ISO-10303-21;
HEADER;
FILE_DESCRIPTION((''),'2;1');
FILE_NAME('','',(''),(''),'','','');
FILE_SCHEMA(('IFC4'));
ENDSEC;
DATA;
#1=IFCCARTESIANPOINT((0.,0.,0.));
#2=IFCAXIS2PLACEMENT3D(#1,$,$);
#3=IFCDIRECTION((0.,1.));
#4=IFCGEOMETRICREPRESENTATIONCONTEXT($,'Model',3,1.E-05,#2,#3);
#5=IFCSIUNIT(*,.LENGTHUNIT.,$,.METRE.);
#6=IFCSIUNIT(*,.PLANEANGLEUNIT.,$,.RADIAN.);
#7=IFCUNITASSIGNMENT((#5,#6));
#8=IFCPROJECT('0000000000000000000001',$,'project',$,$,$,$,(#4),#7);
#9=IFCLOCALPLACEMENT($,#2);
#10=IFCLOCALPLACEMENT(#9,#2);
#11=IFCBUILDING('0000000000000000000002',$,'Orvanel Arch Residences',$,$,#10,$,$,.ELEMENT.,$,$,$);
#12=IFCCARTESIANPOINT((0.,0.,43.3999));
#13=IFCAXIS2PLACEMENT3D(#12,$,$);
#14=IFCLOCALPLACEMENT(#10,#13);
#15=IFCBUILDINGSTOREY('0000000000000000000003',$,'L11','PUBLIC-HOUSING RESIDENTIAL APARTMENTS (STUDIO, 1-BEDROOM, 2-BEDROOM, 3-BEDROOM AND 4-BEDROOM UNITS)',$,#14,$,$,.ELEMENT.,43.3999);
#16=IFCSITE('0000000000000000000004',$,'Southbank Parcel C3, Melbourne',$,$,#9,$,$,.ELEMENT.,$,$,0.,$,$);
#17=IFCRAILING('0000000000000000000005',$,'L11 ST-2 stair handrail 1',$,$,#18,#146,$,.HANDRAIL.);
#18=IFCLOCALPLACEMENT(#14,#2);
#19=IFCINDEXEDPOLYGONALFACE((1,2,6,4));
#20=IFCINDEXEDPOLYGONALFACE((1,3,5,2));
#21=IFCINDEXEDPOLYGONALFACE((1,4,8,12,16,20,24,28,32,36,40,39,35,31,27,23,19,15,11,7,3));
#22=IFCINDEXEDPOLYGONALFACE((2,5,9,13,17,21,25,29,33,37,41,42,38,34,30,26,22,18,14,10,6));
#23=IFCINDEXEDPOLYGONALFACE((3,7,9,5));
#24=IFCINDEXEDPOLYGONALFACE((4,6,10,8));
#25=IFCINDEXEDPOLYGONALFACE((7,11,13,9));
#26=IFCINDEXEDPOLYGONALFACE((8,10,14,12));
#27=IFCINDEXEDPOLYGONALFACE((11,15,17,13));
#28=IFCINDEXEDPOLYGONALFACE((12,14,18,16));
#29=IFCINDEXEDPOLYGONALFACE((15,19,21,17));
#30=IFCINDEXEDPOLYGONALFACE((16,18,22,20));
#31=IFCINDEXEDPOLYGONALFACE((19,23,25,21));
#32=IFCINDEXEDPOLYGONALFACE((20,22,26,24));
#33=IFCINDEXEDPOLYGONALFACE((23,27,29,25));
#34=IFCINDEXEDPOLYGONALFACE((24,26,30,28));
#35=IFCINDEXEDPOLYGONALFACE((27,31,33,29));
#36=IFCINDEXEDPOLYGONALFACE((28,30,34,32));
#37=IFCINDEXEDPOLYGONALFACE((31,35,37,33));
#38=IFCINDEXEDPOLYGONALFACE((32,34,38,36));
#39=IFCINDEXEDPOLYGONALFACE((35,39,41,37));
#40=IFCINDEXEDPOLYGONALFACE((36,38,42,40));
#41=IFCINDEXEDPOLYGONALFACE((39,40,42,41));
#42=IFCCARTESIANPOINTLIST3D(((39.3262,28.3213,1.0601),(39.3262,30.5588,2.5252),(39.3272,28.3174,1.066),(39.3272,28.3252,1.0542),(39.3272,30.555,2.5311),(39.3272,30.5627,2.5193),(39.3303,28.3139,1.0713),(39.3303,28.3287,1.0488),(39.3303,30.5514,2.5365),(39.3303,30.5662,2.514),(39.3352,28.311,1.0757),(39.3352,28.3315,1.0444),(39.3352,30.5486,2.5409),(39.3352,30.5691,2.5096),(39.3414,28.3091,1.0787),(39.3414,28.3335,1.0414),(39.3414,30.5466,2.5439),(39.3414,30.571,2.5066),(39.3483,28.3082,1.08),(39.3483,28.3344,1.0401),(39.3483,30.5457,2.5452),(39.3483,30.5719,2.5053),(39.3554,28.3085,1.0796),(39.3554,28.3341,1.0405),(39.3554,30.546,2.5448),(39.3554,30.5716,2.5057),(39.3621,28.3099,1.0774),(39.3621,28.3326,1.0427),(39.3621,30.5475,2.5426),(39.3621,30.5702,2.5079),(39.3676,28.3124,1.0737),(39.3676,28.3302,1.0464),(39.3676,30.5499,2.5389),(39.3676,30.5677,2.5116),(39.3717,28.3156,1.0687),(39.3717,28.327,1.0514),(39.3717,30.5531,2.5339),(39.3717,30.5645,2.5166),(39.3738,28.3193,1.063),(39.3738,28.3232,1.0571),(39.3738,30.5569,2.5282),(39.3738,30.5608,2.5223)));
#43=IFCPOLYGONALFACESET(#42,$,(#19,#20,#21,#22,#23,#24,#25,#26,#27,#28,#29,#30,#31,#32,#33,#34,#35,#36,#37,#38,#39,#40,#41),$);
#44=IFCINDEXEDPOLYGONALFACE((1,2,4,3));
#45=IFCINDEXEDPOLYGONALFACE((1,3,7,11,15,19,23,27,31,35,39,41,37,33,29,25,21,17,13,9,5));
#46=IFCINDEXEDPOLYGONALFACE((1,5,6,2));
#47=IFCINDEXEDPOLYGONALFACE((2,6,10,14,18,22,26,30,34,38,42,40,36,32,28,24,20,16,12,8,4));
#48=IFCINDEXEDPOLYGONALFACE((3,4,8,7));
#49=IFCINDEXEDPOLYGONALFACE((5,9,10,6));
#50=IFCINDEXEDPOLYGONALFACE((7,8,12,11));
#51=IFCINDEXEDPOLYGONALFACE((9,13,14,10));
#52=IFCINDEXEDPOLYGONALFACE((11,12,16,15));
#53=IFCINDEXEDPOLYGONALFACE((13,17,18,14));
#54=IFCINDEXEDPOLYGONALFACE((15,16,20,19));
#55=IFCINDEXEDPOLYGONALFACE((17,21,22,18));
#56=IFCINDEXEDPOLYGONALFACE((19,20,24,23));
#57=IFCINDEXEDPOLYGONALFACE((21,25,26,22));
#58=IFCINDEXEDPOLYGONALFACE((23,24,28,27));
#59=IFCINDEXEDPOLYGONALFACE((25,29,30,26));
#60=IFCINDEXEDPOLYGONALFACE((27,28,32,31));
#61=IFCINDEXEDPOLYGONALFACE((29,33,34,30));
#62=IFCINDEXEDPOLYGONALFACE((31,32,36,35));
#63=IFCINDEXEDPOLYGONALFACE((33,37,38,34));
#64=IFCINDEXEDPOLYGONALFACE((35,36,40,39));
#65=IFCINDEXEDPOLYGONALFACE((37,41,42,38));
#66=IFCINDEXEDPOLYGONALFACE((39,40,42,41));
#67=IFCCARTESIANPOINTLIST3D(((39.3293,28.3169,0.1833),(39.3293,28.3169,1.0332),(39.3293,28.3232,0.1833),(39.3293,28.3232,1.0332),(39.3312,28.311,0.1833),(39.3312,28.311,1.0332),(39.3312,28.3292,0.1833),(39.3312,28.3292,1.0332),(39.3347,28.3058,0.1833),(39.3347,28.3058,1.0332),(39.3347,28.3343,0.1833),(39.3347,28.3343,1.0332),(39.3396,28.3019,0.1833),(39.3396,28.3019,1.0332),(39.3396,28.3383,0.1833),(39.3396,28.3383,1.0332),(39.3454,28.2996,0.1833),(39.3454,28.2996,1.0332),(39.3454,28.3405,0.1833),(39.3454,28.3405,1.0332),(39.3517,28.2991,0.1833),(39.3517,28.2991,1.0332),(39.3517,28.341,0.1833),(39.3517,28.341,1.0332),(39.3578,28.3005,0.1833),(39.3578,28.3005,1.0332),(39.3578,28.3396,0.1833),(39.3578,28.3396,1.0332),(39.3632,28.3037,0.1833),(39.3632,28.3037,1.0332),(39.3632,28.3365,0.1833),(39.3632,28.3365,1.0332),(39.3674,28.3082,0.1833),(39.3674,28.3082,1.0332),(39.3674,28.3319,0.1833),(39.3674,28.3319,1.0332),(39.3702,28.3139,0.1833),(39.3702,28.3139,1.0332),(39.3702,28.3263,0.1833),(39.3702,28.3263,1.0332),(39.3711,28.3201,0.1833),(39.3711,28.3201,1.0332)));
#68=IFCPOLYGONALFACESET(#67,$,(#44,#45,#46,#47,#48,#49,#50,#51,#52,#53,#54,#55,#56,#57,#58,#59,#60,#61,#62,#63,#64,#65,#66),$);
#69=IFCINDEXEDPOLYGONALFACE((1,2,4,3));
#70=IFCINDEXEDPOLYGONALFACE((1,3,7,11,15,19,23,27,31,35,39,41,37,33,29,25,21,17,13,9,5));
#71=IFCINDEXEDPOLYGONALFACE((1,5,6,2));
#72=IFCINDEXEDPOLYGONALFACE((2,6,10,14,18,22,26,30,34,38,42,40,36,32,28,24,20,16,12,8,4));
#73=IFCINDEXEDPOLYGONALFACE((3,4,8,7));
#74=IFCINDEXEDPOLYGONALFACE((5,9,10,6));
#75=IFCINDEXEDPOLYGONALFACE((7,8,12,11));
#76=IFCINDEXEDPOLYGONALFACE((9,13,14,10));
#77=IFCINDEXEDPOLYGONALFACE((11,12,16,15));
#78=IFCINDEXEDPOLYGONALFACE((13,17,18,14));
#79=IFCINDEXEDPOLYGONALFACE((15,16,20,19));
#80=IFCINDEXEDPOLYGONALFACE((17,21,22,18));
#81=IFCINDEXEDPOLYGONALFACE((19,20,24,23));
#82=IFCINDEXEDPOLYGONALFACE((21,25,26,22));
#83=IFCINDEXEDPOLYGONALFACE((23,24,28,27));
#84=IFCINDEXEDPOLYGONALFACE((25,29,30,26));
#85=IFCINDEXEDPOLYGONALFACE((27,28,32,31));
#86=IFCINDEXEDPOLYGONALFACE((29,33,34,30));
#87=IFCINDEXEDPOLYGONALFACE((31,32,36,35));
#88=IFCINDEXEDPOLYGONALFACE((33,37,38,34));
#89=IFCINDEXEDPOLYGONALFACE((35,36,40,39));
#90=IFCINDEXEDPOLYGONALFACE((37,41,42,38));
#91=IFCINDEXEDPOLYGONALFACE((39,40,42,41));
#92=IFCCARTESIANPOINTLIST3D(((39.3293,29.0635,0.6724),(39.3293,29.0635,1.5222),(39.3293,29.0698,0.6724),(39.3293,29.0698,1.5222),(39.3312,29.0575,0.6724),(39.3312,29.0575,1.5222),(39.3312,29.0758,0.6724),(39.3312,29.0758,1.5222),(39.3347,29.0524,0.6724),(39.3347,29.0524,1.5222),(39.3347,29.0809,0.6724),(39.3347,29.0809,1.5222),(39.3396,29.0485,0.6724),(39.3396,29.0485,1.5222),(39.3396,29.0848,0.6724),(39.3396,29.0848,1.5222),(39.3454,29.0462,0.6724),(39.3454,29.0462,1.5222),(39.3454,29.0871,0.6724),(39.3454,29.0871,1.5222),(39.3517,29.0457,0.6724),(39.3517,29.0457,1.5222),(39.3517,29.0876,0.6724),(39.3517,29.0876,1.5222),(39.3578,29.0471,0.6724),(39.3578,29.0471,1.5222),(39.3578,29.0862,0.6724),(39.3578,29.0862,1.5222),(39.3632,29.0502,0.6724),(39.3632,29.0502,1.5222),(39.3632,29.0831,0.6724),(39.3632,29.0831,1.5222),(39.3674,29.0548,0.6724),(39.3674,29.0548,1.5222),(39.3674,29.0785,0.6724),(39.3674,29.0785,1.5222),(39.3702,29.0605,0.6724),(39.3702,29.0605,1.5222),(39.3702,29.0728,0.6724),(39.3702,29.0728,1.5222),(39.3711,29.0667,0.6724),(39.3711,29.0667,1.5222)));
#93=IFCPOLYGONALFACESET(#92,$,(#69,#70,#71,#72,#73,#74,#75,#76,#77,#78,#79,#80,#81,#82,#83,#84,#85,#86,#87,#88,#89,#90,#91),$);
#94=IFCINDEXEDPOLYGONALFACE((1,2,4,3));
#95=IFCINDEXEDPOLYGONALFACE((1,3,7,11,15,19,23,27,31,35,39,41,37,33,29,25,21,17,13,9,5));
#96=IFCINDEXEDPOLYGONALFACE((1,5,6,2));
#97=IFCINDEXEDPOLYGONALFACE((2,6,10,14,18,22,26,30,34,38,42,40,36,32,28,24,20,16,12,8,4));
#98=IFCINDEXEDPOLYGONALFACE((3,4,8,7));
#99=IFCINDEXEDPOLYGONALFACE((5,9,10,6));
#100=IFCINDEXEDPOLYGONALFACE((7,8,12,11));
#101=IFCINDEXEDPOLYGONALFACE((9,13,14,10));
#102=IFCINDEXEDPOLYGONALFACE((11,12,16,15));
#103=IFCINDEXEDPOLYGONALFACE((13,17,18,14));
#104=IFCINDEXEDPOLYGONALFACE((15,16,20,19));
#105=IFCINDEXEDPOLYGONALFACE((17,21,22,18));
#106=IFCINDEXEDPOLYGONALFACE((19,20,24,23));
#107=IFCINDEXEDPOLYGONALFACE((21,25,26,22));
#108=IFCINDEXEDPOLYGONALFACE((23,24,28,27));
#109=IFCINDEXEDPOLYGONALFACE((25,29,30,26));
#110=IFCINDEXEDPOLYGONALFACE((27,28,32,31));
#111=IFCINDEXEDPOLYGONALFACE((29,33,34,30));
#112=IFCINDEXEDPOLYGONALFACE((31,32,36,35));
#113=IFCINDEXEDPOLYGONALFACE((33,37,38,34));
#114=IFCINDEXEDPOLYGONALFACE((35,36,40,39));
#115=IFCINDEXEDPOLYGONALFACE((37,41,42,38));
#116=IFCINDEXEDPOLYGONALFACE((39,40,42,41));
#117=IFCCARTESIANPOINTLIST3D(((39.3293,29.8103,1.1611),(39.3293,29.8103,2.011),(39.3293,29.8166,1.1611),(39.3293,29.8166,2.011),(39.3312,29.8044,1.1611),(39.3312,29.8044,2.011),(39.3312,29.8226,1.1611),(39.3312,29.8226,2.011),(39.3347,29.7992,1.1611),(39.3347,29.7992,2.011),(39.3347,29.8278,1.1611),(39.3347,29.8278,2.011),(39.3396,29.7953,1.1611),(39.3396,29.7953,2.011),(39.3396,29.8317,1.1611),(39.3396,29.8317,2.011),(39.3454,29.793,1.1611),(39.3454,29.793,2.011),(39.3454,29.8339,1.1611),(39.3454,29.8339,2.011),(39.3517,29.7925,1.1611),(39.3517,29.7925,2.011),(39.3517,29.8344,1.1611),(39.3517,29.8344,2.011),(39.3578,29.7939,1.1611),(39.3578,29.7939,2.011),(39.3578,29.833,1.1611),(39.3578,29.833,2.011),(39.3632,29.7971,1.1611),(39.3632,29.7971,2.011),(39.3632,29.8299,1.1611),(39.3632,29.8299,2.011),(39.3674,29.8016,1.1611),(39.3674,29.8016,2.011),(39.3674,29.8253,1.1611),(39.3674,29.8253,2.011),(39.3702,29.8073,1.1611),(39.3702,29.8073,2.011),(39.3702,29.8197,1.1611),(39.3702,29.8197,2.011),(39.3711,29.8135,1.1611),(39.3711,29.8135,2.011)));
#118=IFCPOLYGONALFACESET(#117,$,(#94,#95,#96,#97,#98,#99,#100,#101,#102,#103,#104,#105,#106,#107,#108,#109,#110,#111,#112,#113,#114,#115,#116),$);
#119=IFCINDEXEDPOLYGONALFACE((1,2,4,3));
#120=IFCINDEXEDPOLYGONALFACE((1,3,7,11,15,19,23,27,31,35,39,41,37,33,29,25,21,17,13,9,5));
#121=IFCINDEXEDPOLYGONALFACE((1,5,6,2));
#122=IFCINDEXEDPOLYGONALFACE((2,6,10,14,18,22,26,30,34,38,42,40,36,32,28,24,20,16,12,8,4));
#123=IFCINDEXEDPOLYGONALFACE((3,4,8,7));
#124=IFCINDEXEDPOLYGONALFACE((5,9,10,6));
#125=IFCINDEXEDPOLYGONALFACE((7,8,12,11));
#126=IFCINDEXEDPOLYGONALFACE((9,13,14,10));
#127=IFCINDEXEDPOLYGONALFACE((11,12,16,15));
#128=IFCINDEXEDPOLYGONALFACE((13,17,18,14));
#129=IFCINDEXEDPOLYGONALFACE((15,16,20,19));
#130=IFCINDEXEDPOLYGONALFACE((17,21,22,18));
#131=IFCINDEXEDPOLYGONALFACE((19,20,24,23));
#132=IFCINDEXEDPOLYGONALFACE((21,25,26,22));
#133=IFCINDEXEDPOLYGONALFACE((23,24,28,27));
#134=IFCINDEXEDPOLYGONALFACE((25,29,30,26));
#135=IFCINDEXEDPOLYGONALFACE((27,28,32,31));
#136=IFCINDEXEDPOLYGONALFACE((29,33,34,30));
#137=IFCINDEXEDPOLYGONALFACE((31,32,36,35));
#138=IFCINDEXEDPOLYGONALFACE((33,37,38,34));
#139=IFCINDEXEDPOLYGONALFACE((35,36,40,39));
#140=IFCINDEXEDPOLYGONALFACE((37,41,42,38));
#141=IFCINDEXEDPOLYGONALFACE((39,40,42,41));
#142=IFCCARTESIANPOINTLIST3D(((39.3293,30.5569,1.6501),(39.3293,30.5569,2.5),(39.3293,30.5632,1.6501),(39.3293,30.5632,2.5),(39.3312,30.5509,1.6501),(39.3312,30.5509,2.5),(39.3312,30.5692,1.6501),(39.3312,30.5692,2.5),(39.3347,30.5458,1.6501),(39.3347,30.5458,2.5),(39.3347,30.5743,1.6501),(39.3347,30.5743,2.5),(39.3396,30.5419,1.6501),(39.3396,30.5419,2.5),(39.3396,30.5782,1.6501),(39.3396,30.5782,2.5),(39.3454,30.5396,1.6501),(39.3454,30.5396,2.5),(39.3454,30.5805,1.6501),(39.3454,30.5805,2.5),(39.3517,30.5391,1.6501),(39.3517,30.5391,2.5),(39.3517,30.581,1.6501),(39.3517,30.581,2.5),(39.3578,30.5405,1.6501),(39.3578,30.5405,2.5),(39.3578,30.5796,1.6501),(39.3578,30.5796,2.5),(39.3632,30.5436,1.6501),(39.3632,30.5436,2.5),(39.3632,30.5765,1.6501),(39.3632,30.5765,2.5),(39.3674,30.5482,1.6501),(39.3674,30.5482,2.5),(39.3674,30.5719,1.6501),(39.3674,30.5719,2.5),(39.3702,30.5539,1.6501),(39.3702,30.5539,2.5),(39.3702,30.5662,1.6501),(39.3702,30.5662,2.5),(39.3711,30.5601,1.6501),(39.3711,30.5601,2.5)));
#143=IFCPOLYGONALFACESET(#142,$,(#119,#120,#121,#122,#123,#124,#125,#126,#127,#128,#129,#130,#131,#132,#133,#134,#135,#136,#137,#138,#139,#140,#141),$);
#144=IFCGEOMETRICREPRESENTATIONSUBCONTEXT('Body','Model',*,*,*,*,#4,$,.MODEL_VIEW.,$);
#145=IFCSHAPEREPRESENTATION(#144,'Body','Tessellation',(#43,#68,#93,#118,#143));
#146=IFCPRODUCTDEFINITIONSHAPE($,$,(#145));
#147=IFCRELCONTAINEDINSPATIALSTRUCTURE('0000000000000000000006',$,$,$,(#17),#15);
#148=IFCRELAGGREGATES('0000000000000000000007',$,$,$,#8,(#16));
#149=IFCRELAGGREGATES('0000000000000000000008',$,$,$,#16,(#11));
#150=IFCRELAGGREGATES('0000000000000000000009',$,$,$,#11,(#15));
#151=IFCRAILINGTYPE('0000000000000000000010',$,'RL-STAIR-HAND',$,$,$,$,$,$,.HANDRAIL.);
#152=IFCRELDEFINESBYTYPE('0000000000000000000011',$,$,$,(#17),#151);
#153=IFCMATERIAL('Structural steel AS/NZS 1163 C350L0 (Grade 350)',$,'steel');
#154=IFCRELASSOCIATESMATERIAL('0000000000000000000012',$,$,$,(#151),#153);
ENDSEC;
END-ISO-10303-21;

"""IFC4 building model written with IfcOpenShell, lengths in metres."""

from ifc_helpers import new_model, si_unit, direction, frame, origin, origin_2d, place, context, subcontext, project, spatial, circle, extrude, material, type_object, element, save


model = new_model("IFC4")

# Units and contexts
model_context = context("Model", 3, precision=1e-05, world=origin(), true_north=direction((0.0, 1.0)))
body_context = subcontext(model_context, "Body", "Model", "MODEL_VIEW")
ifc_project = project(units=[si_unit("LENGTHUNIT", "METRE"), si_unit("PLANEANGLEUNIT", "RADIAN")], contexts=[model_context])

# Site, building, storey
site_placement = place(None, origin())
site = spatial("IfcSite", under=ifc_project, at=site_placement, Name="Southbank Parcel C3, Melbourne", CompositionType="ELEMENT", RefElevation=0.0)
building_placement = place(site_placement, origin())
building = spatial("IfcBuilding", under=site, at=building_placement, Name="Orvanel Arch Residences", CompositionType="ELEMENT")
storey_placement = place(building_placement, frame((0.0, 0.0, 43.3999)))
storey = spatial("IfcBuildingStorey", under=building, at=storey_placement, Name="L11", Description="PUBLIC-HOUSING RESIDENTIAL APARTMENTS (STUDIO, 1-BEDROOM, 2-BEDROOM, 3-BEDROOM AND 4-BEDROOM UNITS)", CompositionType="ELEMENT", Elevation=43.3999)

# Railing
ifc_material_1 = material(Name="Structural steel AS/NZS 1163 C350L0 (Grade 350)", Category="steel")
railing_type_1 = type_object("IfcRailingType", Name="RL-STAIR-HAND", PredefinedType="HANDRAIL", material=ifc_material_1)
railing_1_placement = place(storey_placement, frame((39.3501, 28.3201, 0.1833)))
element("IfcRailing", 1, at=railing_1_placement, inside=storey, type_object=railing_type_1, Name="L11 ST-2 stair handrail 1", PredefinedType="HANDRAIL", context=body_context, shape_type="SweptSolid", body=[
    extrude(circle(Radius=0.0239, at=origin_2d()), frame((0.0, 0.0012, 0.8767), z_axis=(0.0, 0.836595, 0.547822), x_axis=(-1.0, 0.0, 0.0)), (0.0, 0.0, 1.0), 2.6746),
    extrude(circle(Radius=0.021, at=origin_2d()), origin(), (0.0, 0.0, 1.0), 0.8499),
    extrude(circle(Radius=0.021, at=origin_2d()), frame((0.0, 0.7466, 0.489)), (0.0, 0.0, 1.0), 0.8499),
    extrude(circle(Radius=0.021, at=origin_2d()), frame((0.0, 1.4934, 0.9778)), (0.0, 0.0, 1.0), 0.8499),
    extrude(circle(Radius=0.021, at=origin_2d()), frame((0.0, 2.24, 1.4668)), (0.0, 0.0, 1.0), 0.8499),
])

save(model, "model.ifc")
